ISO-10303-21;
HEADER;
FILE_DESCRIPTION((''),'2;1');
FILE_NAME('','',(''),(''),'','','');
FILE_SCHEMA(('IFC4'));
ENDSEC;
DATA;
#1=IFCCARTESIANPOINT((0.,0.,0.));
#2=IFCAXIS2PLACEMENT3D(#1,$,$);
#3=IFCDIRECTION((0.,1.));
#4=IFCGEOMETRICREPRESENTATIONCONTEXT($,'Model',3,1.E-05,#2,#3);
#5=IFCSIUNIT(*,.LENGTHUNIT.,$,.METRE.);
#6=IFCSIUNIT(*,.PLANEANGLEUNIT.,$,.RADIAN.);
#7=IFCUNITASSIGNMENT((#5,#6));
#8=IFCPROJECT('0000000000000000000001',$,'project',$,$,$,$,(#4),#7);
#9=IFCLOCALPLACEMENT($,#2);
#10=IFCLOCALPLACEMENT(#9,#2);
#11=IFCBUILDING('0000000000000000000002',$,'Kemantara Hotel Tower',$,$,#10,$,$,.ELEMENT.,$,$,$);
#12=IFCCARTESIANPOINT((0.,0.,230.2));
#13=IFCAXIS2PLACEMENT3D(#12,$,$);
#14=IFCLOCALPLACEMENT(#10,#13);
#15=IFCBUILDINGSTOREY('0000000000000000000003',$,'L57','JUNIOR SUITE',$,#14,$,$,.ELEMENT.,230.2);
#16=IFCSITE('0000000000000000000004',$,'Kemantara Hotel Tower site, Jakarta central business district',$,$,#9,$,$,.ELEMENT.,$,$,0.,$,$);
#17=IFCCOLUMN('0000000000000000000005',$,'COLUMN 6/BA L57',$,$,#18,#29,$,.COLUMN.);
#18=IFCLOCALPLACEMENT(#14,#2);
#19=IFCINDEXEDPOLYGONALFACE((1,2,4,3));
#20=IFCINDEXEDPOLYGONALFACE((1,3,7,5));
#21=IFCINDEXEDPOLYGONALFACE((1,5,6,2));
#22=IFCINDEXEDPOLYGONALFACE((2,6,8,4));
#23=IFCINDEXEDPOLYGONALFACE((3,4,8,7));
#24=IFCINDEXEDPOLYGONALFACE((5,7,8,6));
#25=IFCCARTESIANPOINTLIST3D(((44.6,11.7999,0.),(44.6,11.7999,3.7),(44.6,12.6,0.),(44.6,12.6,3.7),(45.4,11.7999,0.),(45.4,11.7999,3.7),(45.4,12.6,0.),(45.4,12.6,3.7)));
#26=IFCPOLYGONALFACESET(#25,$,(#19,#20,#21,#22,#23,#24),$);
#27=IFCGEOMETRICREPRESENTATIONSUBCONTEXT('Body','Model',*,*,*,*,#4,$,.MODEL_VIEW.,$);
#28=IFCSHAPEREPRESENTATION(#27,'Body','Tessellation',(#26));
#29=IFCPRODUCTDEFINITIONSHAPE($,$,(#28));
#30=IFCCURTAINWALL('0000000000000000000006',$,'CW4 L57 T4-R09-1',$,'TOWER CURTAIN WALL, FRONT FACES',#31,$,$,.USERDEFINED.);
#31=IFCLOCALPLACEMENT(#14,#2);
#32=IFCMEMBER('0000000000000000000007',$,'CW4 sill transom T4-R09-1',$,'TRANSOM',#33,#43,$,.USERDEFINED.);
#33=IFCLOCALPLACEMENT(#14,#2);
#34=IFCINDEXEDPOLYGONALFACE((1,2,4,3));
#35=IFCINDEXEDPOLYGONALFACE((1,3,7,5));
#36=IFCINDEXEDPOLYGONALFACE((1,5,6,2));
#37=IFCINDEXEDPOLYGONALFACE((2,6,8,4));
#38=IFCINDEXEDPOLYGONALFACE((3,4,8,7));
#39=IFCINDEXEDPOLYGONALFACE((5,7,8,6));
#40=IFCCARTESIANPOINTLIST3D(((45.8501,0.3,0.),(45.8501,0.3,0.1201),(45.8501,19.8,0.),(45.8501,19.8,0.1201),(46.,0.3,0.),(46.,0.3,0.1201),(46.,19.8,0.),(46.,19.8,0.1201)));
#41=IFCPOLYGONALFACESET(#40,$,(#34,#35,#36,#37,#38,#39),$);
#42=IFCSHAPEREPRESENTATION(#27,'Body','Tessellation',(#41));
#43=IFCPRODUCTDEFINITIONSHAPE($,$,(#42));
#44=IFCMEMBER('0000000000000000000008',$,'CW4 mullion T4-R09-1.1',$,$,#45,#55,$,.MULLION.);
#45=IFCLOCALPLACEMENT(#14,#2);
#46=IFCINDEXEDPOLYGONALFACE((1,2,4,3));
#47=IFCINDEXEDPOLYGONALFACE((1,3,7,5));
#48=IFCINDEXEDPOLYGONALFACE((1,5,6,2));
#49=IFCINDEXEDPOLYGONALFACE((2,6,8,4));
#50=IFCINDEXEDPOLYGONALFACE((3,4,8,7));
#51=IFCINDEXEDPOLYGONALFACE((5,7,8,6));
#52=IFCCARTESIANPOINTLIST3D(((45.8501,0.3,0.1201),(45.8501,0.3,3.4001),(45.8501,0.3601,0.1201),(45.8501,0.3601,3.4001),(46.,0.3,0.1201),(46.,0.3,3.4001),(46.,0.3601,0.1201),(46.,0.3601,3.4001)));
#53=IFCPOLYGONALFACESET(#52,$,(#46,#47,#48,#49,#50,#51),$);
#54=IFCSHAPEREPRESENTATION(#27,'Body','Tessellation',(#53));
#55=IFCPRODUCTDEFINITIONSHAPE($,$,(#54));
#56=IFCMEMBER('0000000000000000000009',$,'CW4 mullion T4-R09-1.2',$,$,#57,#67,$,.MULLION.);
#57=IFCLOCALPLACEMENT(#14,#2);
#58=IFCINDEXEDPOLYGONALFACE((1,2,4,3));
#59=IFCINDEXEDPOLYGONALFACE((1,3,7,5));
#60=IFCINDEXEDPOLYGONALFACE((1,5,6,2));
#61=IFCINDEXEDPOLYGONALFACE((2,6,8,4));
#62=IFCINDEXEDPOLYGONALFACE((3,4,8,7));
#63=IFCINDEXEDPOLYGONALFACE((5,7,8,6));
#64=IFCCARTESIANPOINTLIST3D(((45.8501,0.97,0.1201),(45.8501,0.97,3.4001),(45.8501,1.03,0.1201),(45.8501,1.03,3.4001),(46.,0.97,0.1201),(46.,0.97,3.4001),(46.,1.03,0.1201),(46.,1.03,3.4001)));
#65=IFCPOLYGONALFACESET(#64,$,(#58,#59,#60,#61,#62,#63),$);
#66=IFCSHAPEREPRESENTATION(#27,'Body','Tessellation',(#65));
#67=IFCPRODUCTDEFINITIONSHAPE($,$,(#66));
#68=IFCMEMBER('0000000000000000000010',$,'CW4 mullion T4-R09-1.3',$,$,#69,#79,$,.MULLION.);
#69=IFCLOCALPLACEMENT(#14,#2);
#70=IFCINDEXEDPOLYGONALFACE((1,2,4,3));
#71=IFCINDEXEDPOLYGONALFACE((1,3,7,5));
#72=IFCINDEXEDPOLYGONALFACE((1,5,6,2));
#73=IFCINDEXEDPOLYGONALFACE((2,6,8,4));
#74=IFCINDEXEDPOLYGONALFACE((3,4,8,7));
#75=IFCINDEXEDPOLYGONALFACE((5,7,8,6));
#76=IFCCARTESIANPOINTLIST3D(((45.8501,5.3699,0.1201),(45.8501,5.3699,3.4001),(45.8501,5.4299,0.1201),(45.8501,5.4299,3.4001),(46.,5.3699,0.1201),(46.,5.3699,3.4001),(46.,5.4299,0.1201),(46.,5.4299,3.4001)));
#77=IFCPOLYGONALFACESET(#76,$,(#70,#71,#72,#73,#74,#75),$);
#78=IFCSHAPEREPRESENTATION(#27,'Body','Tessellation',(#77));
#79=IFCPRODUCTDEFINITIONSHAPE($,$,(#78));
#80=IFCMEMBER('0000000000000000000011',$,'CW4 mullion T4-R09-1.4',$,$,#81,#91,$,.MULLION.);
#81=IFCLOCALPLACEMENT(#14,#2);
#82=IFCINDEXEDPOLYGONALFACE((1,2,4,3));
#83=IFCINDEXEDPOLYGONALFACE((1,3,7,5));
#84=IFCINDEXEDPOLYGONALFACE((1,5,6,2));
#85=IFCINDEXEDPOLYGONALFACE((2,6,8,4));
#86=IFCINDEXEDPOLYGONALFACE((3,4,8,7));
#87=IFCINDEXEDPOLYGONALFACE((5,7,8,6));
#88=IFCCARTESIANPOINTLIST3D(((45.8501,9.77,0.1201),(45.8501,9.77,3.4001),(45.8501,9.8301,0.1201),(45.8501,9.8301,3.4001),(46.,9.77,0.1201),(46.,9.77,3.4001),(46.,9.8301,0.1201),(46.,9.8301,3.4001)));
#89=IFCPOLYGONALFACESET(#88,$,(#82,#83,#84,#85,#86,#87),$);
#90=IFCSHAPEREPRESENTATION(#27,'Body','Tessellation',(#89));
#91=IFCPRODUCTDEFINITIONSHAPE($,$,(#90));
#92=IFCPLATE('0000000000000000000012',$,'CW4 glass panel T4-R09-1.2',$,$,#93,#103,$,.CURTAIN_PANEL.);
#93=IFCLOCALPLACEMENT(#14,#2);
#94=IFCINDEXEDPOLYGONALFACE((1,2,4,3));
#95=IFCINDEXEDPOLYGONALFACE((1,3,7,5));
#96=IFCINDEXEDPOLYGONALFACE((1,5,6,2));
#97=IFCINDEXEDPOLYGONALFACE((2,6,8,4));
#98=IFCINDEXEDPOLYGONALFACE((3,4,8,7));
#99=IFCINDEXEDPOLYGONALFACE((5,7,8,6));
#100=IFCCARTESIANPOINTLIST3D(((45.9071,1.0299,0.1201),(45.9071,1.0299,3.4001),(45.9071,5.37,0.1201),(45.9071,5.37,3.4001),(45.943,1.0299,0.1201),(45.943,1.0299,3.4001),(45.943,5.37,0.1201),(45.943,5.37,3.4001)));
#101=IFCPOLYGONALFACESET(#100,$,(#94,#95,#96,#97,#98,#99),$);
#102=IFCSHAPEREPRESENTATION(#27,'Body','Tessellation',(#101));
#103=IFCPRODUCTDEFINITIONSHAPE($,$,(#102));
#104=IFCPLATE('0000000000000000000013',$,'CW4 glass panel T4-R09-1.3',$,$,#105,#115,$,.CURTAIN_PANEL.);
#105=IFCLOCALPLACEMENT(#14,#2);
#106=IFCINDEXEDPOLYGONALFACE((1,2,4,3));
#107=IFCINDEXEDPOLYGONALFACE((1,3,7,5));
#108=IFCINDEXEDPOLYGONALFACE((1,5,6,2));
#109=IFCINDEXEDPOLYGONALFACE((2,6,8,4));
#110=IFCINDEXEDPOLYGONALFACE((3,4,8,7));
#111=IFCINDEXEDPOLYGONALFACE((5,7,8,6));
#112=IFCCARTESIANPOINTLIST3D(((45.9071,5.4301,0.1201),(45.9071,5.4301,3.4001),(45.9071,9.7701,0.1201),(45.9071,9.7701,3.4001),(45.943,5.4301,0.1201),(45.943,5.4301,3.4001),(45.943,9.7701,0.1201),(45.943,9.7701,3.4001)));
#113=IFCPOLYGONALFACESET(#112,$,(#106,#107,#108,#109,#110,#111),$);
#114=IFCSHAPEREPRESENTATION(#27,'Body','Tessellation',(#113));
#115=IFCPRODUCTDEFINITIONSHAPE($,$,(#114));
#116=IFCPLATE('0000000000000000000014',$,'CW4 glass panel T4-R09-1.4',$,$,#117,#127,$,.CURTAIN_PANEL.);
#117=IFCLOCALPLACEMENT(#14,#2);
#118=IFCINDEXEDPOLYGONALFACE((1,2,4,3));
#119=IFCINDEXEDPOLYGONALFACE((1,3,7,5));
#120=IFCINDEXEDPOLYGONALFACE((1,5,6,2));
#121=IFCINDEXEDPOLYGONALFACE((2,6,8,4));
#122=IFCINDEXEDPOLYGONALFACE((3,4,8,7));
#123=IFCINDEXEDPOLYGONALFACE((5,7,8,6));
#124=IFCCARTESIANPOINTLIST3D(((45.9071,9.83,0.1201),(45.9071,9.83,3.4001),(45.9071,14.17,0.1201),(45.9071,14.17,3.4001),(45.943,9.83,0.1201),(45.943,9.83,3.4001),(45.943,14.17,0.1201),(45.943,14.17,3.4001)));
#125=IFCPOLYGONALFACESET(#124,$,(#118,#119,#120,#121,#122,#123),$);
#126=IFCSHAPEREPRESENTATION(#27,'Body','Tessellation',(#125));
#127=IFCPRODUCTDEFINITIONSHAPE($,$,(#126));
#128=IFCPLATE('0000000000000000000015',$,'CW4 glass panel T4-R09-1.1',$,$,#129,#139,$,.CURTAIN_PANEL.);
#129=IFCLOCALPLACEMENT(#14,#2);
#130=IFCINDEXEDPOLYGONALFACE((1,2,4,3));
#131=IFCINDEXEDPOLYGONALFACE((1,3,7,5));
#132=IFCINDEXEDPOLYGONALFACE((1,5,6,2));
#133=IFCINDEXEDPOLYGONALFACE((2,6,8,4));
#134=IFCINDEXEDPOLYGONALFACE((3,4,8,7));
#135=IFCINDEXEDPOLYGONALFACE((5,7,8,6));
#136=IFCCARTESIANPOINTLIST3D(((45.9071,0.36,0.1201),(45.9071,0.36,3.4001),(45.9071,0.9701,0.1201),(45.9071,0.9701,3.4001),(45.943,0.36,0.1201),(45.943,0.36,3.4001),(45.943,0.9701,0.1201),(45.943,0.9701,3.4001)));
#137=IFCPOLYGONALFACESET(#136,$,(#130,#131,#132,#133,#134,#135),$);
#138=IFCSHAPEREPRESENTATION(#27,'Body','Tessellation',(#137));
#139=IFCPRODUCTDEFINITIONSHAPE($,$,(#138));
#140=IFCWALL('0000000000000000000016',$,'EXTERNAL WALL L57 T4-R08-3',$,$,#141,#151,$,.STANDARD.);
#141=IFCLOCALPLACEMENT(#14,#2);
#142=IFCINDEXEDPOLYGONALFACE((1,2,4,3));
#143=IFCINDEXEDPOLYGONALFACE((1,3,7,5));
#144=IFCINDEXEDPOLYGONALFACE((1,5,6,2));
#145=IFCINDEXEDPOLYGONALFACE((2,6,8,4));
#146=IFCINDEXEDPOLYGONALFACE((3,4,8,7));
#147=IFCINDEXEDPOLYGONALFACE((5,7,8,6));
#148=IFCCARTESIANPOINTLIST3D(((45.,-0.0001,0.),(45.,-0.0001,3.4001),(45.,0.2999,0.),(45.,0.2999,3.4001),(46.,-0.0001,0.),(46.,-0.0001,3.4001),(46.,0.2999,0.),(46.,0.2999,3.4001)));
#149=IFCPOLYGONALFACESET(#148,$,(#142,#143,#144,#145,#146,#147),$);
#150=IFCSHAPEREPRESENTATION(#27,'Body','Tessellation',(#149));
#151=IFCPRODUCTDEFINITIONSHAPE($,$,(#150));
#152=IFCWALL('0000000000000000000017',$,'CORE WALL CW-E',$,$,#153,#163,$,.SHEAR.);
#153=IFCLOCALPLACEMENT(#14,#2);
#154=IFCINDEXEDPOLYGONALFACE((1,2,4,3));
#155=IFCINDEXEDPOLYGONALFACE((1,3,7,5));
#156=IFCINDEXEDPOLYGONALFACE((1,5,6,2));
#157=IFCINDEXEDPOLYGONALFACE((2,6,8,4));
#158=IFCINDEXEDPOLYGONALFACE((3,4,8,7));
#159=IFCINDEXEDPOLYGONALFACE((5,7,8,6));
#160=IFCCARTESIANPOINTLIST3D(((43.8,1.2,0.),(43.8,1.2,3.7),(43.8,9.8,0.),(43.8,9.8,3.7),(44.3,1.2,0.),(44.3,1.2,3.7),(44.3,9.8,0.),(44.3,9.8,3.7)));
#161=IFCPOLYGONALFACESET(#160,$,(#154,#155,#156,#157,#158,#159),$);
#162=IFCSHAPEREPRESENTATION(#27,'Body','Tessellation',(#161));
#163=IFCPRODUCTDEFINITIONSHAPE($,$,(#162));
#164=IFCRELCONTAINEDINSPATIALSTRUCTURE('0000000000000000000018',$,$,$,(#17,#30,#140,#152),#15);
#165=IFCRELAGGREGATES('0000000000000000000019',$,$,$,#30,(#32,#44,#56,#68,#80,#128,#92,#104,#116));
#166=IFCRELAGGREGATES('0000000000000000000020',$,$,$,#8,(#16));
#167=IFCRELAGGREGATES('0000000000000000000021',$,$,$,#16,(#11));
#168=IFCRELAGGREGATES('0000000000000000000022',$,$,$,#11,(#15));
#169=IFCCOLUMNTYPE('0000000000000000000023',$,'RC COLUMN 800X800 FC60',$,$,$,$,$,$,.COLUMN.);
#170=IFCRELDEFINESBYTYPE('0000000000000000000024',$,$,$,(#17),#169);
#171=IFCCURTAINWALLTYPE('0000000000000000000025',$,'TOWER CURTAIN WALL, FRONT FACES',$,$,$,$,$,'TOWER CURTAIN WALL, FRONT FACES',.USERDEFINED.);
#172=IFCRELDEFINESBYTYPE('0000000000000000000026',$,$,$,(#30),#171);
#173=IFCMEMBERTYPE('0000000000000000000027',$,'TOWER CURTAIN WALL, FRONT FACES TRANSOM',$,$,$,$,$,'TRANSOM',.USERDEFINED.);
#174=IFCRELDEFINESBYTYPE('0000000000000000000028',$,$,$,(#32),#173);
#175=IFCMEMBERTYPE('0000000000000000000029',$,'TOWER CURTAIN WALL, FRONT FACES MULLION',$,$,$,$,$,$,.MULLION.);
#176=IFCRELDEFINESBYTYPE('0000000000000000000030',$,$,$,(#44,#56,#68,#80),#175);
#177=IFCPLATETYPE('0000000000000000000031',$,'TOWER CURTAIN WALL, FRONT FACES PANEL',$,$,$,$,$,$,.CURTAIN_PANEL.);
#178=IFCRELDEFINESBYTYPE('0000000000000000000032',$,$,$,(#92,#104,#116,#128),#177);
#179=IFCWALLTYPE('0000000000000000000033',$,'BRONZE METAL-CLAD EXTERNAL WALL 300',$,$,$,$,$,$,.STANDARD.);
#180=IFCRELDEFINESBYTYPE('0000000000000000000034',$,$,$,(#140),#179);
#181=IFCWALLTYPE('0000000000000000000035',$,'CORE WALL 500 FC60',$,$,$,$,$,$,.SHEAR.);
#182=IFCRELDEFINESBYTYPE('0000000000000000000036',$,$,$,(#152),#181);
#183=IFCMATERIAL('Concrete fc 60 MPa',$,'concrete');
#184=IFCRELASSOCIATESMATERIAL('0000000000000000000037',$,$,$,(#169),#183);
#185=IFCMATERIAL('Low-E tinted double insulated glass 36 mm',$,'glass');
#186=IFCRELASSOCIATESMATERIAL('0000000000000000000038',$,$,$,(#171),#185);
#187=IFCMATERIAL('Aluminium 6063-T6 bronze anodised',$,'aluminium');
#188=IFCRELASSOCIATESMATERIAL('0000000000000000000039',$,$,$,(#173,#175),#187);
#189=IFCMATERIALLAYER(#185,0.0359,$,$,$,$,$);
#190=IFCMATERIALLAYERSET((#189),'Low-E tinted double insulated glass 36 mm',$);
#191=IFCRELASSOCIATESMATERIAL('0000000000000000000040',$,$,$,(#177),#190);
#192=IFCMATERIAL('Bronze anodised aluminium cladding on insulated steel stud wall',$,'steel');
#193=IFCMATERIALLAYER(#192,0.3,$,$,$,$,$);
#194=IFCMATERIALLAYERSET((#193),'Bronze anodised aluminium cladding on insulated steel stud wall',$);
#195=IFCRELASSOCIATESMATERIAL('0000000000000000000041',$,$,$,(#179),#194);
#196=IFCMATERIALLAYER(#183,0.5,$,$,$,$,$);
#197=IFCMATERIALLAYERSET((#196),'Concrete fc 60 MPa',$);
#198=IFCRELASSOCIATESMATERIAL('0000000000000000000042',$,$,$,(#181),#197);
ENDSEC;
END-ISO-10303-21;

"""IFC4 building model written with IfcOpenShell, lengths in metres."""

from ifc_helpers import new_model, si_unit, direction, frame, frame_2d, origin, origin_2d, place, context, subcontext, project, spatial, rectangle, extrude, source, transform, mapped, material, layer, layer_set, material_profile, profile_set, type_object, element, aggregate, save


model = new_model("IFC4")

# Units and contexts
model_context = context("Model", 3, precision=1e-05, world=origin(), true_north=direction((0.0, 1.0)))
body_context = subcontext(model_context, "Body", "Model", "MODEL_VIEW")
ifc_project = project(units=[si_unit("LENGTHUNIT", "METRE"), si_unit("PLANEANGLEUNIT", "RADIAN")], contexts=[model_context])

# Site, building, storey
site_placement = place(None, origin())
site = spatial("IfcSite", under=ifc_project, at=site_placement, Name="Kemantara Hotel Tower site, Jakarta central business district", CompositionType="ELEMENT", RefElevation=0.0)
building_placement = place(site_placement, origin())
building = spatial("IfcBuilding", under=site, at=building_placement, Name="Kemantara Hotel Tower", CompositionType="ELEMENT")
storey_placement = place(building_placement, frame((0.0, 0.0, 230.2)))
storey = spatial("IfcBuildingStorey", under=building, at=storey_placement, Name="L57", Description="JUNIOR SUITE", CompositionType="ELEMENT", Elevation=230.2)

# Column
ifc_material_1 = material(Name="Concrete fc 60 MPa", Category="concrete")
ifc_material_profile_1 = material_profile(ifc_material_1, rectangle(XDim=0.8, YDim=0.8, at=origin_2d()), Name="RC 800X800")
ifc_profile_set_1 = profile_set([ifc_material_profile_1], Name="Concrete fc 60 MPa")
column_type = type_object("IfcColumnType", Name="RC COLUMN 800X800 FC60", PredefinedType="COLUMN", material=ifc_profile_set_1)
column_placement = place(storey_placement, frame((45.0, 12.2, 0.0), z_axis=(0.0, 0.0, 1.0), x_axis=(1.0, 0.0, 0.0)))
element("IfcColumn", 1, at=column_placement, inside=storey, type_object=column_type, Name="COLUMN 6/BA L57", PredefinedType="COLUMN", context=body_context, shape_type="SweptSolid", body=[
    extrude(rectangle(XDim=0.8, YDim=0.8, at=origin_2d()), origin(), (0.0, 0.0, 1.0), 3.7),
])

# Curtain wall, members, plates
ifc_material_2 = material(Name="Low-E tinted double insulated glass 36 mm", Category="glass")
curtain_wall_type = type_object("IfcCurtainWallType", Name="TOWER CURTAIN WALL, FRONT FACES", ElementType="TOWER CURTAIN WALL, FRONT FACES", PredefinedType="USERDEFINED", material=ifc_material_2)
curtain_wall_placement = place(storey_placement, origin())
curtain_wall = element("IfcCurtainWall", 2, at=curtain_wall_placement, inside=storey, type_object=curtain_wall_type, Name="CW4 L57 T4-R09-1", ObjectType="TOWER CURTAIN WALL, FRONT FACES", PredefinedType="USERDEFINED")
ifc_material_3 = material(Name="Aluminium 6063-T6 bronze anodised", Category="aluminium")
ifc_material_profile_2 = material_profile(ifc_material_3, rectangle(XDim=0.1499, YDim=0.1201, at=origin_2d()), Name="TOWER CURTAIN WALL, FRONT FACES TRANSOM")
ifc_profile_set_2 = profile_set([ifc_material_profile_2], Name="Aluminium 6063-T6 bronze anodised")
member_type_1 = type_object("IfcMemberType", Name="TOWER CURTAIN WALL, FRONT FACES TRANSOM", ElementType="TRANSOM", PredefinedType="USERDEFINED", material=ifc_profile_set_2)
member_1_placement = place(storey_placement, frame((45.925, 0.3, 0.0601), z_axis=(0.0, 1.0, 0.0), x_axis=(-1.0, 0.0, 0.0)))
member_1 = element("IfcMember", 3, at=member_1_placement, type_object=member_type_1, Name="CW4 sill transom T4-R09-1", ObjectType="TRANSOM", PredefinedType="USERDEFINED", context=body_context, shape_type="SweptSolid", body=[
    extrude(rectangle(XDim=0.1499, YDim=0.1201, at=origin_2d()), origin(), (0.0, 0.0, 1.0), 19.5),
])
ifc_material_profile_3 = material_profile(ifc_material_3, rectangle(XDim=0.1499, YDim=0.0601, at=origin_2d()), Name="TOWER CURTAIN WALL, FRONT FACES MULLION")
ifc_profile_set_3 = profile_set([ifc_material_profile_3], Name="Aluminium 6063-T6 bronze anodised")
member_type_2 = type_object("IfcMemberType", Name="TOWER CURTAIN WALL, FRONT FACES MULLION", PredefinedType="MULLION", material=ifc_profile_set_3)
shared_shape_1 = source(origin(), body_context, "Body", "SweptSolid", [
    extrude(rectangle(XDim=0.1499, YDim=0.0601, at=origin_2d()), origin(), (0.0, 0.0, 1.0), 3.28),
])
member_2_placement = place(storey_placement, frame((45.925, 0.3301, 0.1201), z_axis=(0.0, 0.0, 1.0), x_axis=(-1.0, 0.0, 0.0)))
member_2 = element("IfcMember", 4, at=member_2_placement, type_object=member_type_2, Name="CW4 mullion T4-R09-1.1", PredefinedType="MULLION", context=body_context, shape_type="MappedRepresentation", body=[
    mapped(shared_shape_1, transform((0.0, 0.0, 0.0))),
])
member_3_placement = place(storey_placement, frame((45.925, 1.0, 0.1201), z_axis=(0.0, 0.0, 1.0), x_axis=(-1.0, 0.0, 0.0)))
member_3 = element("IfcMember", 5, at=member_3_placement, type_object=member_type_2, Name="CW4 mullion T4-R09-1.2", PredefinedType="MULLION", context=body_context, shape_type="MappedRepresentation", body=[
    mapped(shared_shape_1, transform((0.0, 0.0, 0.0))),
])
member_4_placement = place(storey_placement, frame((45.925, 5.3999, 0.1201), z_axis=(0.0, 0.0, 1.0), x_axis=(-1.0, 0.0, 0.0)))
member_4 = element("IfcMember", 6, at=member_4_placement, type_object=member_type_2, Name="CW4 mullion T4-R09-1.3", PredefinedType="MULLION", context=body_context, shape_type="MappedRepresentation", body=[
    mapped(shared_shape_1, transform((0.0, 0.0, 0.0))),
])
member_5_placement = place(storey_placement, frame((45.925, 9.8, 0.1201), z_axis=(0.0, 0.0, 1.0), x_axis=(-1.0, 0.0, 0.0)))
member_5 = element("IfcMember", 7, at=member_5_placement, type_object=member_type_2, Name="CW4 mullion T4-R09-1.4", PredefinedType="MULLION", context=body_context, shape_type="MappedRepresentation", body=[
    mapped(shared_shape_1, transform((0.0, 0.0, 0.0))),
])
ifc_layer_1 = layer(ifc_material_2, 0.0359)
ifc_layer_set_1 = layer_set([ifc_layer_1], Name="Low-E tinted double insulated glass 36 mm")
plate_type = type_object("IfcPlateType", Name="TOWER CURTAIN WALL, FRONT FACES PANEL", PredefinedType="CURTAIN_PANEL", material=ifc_layer_set_1)
shared_shape_2 = source(origin(), body_context, "Body", "SweptSolid", [
    extrude(rectangle(XDim=4.3401, YDim=0.0359, at=origin_2d()), origin(), (0.0, 0.0, 1.0), 3.28),
])
plate_1_placement = place(storey_placement, frame((45.925, 3.2, 0.1201), z_axis=(0.0, 0.0, 1.0), x_axis=(0.0, 1.0, 0.0)))
plate_1 = element("IfcPlate", 8, at=plate_1_placement, type_object=plate_type, Name="CW4 glass panel T4-R09-1.2", PredefinedType="CURTAIN_PANEL", context=body_context, shape_type="MappedRepresentation", body=[
    mapped(shared_shape_2, transform((0.0, 0.0, 0.0))),
])
plate_2_placement = place(storey_placement, frame((45.925, 7.6001, 0.1201), z_axis=(0.0, 0.0, 1.0), x_axis=(0.0, 1.0, 0.0)))
plate_2 = element("IfcPlate", 9, at=plate_2_placement, type_object=plate_type, Name="CW4 glass panel T4-R09-1.3", PredefinedType="CURTAIN_PANEL", context=body_context, shape_type="MappedRepresentation", body=[
    mapped(shared_shape_2, transform((0.0, 0.0, 0.0))),
])
plate_3_placement = place(storey_placement, frame((45.925, 12.0, 0.1201), z_axis=(0.0, 0.0, 1.0), x_axis=(0.0, 1.0, 0.0)))
plate_3 = element("IfcPlate", 10, at=plate_3_placement, type_object=plate_type, Name="CW4 glass panel T4-R09-1.4", PredefinedType="CURTAIN_PANEL", context=body_context, shape_type="MappedRepresentation", body=[
    mapped(shared_shape_2, transform((0.0, 0.0, 0.0))),
])
shared_shape_3 = source(origin(), body_context, "Body", "SweptSolid", [
    extrude(rectangle(XDim=0.6101, YDim=0.0359, at=origin_2d()), origin(), (0.0, 0.0, 1.0), 3.28),
])
plate_4_placement = place(storey_placement, frame((45.925, 0.665, 0.1201), z_axis=(0.0, 0.0, 1.0), x_axis=(0.0, 1.0, 0.0)))
plate_4 = element("IfcPlate", 11, at=plate_4_placement, type_object=plate_type, Name="CW4 glass panel T4-R09-1.1", PredefinedType="CURTAIN_PANEL", context=body_context, shape_type="MappedRepresentation", body=[
    mapped(shared_shape_3, transform((0.0, 0.0, 0.0))),
])
aggregate(curtain_wall, [member_1, member_2, member_3, member_4, member_5, plate_4, plate_1, plate_2, plate_3])

# Walls
ifc_material_4 = material(Name="Bronze anodised aluminium cladding on insulated steel stud wall", Category="steel")
ifc_layer_2 = layer(ifc_material_4, 0.3)
ifc_layer_set_2 = layer_set([ifc_layer_2], Name="Bronze anodised aluminium cladding on insulated steel stud wall")
wall_type_1 = type_object("IfcWallType", Name="BRONZE METAL-CLAD EXTERNAL WALL 300", PredefinedType="STANDARD", material=ifc_layer_set_2)
wall_1_placement = place(storey_placement, frame((45.0, 0.1499, 0.0), z_axis=(0.0, 0.0, 1.0), x_axis=(1.0, 0.0, 0.0)))
element("IfcWall", 12, at=wall_1_placement, inside=storey, type_object=wall_type_1, Name="EXTERNAL WALL L57 T4-R08-3", PredefinedType="STANDARD", context=body_context, shape_type="SweptSolid", body=[
    extrude(rectangle(XDim=1.0, YDim=0.3, at=frame_2d((0.5, 0.0))), origin(), (0.0, 0.0, 1.0), 3.4001),
])
ifc_layer_3 = layer(ifc_material_1, 0.5)
ifc_layer_set_3 = layer_set([ifc_layer_3], Name="Concrete fc 60 MPa")
wall_type_2 = type_object("IfcWallType", Name="CORE WALL 500 FC60", PredefinedType="SHEAR", material=ifc_layer_set_3)
wall_2_placement = place(storey_placement, frame((44.05, 1.2, 0.0), z_axis=(0.0, 0.0, 1.0), x_axis=(0.0, 1.0, 0.0)))
element("IfcWall", 13, at=wall_2_placement, inside=storey, type_object=wall_type_2, Name="CORE WALL CW-E", PredefinedType="SHEAR", context=body_context, shape_type="SweptSolid", body=[
    extrude(rectangle(XDim=8.6001, YDim=0.5, at=frame_2d((4.3, 0.0))), origin(), (0.0, 0.0, 1.0), 3.7),
])

save(model, "model.ifc")
